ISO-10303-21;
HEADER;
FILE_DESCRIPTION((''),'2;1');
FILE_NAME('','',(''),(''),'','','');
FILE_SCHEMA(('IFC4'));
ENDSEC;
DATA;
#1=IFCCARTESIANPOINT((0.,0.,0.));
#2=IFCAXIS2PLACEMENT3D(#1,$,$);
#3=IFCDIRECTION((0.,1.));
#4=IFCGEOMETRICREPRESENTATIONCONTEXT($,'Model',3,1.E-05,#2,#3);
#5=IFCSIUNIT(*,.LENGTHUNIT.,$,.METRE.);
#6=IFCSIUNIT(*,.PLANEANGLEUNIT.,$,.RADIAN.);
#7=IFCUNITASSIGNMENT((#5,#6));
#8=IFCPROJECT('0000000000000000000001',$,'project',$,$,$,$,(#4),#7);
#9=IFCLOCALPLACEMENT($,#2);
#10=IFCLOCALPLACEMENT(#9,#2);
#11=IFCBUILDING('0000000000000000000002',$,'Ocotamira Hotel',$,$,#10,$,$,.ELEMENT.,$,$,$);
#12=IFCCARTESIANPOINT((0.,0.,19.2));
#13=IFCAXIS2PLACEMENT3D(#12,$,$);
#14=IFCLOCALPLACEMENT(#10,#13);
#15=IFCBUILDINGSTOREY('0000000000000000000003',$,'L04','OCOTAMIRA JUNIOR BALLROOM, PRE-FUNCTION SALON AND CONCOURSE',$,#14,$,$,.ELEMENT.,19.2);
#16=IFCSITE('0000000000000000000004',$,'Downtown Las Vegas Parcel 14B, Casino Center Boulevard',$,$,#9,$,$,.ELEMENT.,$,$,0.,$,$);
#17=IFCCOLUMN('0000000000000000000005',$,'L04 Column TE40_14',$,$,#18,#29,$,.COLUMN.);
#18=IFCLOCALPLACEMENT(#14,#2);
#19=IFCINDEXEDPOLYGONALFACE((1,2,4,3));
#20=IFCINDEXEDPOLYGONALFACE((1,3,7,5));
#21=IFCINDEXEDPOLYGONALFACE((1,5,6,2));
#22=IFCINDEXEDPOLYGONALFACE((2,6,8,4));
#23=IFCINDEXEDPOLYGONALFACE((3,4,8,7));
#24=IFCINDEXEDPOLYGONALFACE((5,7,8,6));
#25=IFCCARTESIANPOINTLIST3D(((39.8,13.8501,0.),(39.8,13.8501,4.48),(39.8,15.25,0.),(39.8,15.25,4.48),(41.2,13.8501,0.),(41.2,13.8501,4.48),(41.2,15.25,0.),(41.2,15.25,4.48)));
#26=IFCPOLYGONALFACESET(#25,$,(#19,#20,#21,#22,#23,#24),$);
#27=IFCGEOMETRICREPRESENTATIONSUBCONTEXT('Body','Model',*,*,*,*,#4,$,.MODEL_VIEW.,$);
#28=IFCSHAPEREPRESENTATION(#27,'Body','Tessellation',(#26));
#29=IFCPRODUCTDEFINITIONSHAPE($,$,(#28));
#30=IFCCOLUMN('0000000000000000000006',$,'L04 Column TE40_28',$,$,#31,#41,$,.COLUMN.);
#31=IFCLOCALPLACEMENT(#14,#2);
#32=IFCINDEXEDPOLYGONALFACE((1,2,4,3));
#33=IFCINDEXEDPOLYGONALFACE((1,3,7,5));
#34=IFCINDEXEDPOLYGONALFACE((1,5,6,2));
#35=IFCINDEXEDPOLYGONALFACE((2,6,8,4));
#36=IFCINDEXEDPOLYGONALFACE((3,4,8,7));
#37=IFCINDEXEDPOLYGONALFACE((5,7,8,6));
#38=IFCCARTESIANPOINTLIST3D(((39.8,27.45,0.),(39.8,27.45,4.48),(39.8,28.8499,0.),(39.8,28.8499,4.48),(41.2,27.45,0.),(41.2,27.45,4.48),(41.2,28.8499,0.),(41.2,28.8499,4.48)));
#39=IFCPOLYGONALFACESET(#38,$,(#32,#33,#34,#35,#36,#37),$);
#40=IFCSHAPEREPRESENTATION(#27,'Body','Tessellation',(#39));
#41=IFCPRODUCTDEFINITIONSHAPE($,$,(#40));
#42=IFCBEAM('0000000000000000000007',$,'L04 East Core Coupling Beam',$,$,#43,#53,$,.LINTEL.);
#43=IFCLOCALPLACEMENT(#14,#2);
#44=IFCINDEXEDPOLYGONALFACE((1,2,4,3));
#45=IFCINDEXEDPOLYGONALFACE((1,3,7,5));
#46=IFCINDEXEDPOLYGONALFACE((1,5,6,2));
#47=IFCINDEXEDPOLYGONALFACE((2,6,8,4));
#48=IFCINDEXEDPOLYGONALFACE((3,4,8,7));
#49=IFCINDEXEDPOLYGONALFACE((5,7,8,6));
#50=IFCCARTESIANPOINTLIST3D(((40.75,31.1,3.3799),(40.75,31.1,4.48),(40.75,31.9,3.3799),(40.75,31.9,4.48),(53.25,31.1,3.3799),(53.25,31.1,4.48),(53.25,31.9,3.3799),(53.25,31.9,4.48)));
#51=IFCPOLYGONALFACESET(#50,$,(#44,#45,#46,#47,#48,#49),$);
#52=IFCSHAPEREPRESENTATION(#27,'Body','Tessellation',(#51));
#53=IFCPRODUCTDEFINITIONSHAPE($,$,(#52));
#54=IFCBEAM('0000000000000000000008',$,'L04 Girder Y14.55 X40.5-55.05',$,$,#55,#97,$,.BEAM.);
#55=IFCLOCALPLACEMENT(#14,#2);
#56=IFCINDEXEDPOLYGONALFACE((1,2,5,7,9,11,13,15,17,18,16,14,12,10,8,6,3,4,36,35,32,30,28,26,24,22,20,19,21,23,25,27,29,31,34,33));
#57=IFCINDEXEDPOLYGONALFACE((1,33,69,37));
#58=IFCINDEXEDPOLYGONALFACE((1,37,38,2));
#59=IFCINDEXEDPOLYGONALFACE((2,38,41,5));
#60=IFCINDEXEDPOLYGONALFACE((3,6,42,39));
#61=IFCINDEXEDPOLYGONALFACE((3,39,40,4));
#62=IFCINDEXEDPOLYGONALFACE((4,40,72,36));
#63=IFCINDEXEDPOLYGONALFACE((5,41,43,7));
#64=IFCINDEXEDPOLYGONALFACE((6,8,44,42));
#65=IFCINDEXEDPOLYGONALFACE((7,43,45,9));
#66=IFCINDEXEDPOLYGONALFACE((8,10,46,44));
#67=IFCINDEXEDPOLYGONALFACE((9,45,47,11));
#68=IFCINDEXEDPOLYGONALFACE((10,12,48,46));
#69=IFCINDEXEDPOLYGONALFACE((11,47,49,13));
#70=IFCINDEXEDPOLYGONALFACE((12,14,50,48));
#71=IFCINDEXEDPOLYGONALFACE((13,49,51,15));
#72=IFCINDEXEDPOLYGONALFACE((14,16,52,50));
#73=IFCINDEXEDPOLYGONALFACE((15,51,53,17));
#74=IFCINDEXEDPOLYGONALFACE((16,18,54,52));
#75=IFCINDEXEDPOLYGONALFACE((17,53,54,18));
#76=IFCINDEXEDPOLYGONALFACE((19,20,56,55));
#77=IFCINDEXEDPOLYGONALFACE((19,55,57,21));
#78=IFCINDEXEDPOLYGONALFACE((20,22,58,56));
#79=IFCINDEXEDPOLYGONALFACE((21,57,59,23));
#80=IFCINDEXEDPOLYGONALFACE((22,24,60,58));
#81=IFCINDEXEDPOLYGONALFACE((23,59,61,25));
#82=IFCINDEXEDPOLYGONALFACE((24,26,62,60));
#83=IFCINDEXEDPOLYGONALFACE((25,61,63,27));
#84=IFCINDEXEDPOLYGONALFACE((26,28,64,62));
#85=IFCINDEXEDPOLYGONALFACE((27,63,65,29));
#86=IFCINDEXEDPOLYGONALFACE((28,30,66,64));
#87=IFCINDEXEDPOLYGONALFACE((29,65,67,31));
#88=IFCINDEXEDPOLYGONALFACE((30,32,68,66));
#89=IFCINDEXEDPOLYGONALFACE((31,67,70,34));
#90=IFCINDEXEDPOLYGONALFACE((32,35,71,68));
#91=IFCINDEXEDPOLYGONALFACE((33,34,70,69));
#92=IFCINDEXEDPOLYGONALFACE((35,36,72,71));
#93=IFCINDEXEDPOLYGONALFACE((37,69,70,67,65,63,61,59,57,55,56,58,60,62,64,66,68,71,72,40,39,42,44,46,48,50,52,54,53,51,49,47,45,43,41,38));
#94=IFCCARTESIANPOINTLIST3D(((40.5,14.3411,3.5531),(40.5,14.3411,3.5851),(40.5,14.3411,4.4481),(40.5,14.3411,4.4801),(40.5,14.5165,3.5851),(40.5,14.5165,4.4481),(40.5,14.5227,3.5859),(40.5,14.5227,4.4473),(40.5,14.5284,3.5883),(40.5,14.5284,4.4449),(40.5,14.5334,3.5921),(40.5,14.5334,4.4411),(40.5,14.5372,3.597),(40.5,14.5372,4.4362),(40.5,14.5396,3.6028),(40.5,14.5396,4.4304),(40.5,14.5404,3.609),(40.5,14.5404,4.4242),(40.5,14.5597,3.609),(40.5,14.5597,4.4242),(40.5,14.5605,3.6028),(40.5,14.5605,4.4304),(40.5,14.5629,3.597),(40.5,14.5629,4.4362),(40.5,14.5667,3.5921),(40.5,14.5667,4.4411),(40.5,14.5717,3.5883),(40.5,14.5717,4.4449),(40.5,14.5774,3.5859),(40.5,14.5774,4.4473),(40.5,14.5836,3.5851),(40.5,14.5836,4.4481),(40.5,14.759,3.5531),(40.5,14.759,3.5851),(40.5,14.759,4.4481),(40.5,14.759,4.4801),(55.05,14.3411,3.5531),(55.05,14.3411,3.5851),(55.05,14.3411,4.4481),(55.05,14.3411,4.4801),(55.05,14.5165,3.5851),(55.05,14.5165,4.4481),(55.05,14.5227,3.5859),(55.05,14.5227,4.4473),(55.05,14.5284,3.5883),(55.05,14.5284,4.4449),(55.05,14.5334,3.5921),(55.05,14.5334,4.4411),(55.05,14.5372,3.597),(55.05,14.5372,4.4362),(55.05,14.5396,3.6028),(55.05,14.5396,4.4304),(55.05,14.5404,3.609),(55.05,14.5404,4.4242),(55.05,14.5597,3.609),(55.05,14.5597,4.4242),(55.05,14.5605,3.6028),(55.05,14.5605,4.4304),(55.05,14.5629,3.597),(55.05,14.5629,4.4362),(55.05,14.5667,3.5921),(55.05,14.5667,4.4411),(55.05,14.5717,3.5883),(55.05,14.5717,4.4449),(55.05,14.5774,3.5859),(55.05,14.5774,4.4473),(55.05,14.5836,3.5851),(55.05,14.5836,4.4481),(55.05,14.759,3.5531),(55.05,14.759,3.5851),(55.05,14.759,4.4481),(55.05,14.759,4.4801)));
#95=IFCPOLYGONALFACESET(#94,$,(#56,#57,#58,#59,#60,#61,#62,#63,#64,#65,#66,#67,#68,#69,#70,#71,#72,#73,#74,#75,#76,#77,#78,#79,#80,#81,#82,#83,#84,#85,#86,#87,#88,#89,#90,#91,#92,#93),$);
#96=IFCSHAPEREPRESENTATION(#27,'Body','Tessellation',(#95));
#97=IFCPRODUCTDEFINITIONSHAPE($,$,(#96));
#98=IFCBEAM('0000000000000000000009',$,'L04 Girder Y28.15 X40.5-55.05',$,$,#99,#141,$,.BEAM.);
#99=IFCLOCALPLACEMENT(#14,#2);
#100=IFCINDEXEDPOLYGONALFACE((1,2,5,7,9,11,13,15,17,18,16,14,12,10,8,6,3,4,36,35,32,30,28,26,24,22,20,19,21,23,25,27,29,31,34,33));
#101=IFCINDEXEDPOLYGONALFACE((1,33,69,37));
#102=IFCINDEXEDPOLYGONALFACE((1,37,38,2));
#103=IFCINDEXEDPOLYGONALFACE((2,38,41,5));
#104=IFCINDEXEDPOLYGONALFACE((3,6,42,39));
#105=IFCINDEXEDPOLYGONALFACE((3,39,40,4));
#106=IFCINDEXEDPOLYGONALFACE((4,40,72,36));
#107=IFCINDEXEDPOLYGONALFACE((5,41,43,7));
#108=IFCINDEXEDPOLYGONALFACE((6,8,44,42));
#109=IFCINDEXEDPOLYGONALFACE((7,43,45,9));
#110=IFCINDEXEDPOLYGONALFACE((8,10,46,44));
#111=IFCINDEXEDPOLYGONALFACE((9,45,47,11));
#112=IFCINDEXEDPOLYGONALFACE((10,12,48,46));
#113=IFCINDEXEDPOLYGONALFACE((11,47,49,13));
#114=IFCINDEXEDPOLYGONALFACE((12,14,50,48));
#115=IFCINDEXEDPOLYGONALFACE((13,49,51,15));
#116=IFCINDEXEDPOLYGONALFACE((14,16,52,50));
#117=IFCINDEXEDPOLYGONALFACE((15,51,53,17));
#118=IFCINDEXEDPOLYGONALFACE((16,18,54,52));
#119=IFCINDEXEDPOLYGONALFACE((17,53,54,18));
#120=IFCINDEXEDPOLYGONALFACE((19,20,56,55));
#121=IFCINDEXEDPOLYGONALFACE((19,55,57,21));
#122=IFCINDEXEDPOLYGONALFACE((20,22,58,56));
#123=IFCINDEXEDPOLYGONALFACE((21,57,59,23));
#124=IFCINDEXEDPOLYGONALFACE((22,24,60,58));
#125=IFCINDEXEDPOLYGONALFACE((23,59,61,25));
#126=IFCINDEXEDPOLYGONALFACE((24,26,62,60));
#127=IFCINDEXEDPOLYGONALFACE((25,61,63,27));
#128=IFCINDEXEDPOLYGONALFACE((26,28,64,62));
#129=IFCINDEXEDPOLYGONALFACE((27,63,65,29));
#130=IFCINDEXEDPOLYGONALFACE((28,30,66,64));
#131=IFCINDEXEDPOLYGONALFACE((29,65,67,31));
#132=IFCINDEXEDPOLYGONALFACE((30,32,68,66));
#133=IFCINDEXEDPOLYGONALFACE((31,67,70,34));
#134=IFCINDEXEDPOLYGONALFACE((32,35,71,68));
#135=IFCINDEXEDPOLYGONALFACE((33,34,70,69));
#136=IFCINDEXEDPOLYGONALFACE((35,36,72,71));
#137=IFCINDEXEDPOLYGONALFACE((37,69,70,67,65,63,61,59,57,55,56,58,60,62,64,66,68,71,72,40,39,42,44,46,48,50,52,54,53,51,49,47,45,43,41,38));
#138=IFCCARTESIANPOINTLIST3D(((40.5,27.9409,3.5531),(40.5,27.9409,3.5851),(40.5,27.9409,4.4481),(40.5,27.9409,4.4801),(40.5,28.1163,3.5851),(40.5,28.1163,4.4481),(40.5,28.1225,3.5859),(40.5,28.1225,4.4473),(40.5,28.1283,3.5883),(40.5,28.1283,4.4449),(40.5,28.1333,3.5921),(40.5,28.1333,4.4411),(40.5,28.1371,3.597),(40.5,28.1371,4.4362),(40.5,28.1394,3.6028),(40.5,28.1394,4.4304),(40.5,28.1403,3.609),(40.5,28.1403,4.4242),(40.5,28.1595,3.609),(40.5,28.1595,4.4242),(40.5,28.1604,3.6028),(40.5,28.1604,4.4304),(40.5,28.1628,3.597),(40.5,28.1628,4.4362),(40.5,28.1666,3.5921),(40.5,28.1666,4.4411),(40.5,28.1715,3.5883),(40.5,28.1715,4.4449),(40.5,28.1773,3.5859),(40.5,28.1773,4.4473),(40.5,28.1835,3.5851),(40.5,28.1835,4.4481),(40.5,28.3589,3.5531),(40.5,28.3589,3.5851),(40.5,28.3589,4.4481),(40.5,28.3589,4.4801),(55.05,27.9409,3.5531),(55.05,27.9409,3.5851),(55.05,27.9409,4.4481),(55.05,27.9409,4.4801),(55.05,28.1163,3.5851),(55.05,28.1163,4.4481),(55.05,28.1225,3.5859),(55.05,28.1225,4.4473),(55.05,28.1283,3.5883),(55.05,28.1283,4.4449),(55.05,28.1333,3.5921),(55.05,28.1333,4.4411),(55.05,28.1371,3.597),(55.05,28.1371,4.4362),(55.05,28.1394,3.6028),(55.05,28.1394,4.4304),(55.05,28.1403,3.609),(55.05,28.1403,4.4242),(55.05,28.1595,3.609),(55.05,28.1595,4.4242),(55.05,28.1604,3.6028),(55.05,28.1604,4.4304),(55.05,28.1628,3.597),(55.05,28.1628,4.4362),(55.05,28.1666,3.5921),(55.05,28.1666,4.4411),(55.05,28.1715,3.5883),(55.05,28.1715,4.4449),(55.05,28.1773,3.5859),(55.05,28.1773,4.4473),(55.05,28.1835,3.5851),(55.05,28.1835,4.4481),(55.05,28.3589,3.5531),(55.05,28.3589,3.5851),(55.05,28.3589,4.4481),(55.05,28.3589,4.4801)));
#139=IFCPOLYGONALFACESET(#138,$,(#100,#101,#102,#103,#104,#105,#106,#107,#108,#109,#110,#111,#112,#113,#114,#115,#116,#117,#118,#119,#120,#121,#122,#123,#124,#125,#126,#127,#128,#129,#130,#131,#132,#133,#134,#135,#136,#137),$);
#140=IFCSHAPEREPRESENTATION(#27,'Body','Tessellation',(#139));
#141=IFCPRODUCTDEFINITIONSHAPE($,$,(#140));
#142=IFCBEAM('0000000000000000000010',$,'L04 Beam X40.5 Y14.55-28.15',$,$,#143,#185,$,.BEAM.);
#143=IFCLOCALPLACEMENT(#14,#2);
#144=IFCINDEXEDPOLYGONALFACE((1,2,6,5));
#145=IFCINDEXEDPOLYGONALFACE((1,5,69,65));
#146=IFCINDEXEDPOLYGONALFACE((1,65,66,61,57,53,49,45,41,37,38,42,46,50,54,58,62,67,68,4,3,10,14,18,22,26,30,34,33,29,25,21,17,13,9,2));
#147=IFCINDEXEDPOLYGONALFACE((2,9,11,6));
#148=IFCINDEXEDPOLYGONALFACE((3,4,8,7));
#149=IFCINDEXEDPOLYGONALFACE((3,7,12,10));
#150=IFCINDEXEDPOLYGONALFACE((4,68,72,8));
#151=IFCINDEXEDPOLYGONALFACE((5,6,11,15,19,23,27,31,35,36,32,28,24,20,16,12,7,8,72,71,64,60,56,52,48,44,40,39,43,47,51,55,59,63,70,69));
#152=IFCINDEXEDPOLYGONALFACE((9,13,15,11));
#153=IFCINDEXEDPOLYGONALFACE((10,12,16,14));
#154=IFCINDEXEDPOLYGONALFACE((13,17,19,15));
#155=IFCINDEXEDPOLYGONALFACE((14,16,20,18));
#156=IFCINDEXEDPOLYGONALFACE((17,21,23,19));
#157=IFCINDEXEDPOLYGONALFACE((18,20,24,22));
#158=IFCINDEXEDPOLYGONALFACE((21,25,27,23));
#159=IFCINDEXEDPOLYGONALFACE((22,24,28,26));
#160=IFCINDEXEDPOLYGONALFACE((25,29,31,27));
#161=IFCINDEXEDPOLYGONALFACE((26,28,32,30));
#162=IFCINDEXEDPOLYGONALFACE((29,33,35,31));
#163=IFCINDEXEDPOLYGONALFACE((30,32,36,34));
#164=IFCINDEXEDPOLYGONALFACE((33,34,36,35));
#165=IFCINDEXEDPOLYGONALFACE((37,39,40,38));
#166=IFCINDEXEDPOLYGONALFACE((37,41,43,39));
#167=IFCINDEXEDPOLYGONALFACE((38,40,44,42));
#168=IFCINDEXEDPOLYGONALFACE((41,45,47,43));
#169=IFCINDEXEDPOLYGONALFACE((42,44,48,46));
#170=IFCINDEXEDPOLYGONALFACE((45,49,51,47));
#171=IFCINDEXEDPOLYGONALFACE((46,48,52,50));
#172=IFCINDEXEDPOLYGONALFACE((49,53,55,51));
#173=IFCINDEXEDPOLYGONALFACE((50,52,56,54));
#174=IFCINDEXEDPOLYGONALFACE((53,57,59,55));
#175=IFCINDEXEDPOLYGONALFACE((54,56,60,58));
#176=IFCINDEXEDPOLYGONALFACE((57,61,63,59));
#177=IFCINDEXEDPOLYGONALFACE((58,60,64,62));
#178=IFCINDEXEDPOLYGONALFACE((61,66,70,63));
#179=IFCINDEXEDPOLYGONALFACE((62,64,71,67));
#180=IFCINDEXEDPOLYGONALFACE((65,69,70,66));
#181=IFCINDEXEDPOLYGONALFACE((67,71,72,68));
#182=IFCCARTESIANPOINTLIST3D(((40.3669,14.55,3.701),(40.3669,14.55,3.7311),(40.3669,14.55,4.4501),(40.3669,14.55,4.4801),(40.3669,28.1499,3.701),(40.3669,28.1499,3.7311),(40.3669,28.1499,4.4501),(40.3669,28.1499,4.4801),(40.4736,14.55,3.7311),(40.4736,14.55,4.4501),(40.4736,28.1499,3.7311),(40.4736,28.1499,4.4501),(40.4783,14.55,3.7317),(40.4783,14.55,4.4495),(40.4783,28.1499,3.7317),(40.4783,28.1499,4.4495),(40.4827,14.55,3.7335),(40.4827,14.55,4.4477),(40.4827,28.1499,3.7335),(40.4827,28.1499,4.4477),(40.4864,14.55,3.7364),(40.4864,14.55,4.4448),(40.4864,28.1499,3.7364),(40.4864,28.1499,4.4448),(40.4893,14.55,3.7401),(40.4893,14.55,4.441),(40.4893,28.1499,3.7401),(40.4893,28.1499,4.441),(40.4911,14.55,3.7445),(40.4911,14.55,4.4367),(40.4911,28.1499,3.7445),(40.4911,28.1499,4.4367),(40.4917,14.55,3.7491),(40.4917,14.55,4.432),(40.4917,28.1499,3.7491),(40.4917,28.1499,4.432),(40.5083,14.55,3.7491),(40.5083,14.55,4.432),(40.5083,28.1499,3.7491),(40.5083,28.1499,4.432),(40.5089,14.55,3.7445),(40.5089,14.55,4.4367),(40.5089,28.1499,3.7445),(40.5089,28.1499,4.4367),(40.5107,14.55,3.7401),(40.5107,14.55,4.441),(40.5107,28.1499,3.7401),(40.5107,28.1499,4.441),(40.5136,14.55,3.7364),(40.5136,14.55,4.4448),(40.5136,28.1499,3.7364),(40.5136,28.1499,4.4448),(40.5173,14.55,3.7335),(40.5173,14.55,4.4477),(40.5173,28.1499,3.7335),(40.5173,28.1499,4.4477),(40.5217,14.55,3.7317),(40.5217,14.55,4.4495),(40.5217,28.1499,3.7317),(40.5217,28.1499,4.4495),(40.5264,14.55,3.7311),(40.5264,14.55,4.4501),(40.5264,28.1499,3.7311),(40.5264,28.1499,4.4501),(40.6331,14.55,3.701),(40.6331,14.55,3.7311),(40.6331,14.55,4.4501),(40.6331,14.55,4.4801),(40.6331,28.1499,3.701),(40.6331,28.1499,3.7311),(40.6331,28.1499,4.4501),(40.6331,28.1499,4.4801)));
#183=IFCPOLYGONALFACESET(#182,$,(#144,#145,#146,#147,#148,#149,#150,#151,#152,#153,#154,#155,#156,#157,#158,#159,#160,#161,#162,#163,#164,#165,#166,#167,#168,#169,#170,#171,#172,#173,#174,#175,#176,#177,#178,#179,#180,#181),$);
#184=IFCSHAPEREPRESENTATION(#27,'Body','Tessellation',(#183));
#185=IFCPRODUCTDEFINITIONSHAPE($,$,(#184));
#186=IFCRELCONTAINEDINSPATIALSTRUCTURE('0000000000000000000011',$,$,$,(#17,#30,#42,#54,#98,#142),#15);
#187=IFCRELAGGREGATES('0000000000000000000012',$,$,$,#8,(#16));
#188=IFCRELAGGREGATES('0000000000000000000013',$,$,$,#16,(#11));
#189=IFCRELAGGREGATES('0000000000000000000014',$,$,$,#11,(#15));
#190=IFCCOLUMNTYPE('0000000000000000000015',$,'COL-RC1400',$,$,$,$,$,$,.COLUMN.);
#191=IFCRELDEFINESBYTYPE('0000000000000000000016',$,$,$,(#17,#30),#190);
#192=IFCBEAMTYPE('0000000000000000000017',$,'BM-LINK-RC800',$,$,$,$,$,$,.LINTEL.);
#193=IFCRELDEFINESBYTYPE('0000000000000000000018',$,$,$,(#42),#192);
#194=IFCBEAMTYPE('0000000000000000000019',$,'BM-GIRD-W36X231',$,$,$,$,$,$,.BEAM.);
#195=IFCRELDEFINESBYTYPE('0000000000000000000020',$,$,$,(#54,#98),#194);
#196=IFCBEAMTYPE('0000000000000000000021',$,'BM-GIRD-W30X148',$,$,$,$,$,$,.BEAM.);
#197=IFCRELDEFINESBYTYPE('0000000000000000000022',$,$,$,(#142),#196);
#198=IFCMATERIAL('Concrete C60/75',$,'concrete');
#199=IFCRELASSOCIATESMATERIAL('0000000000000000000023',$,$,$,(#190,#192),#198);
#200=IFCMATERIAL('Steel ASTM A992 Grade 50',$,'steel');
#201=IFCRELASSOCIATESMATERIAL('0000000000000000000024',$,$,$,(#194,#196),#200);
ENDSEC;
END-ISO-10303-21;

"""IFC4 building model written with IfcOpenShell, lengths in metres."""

from ifc_helpers import new_model, si_unit, direction, frame, origin, origin_2d, place, context, subcontext, project, spatial, rectangle, i_section, extrude, source, transform, mapped, material, material_profile, profile_set, type_object, element, save


model = new_model("IFC4")

# Units and contexts
model_context = context("Model", 3, precision=1e-05, world=origin(), true_north=direction((0.0, 1.0)))
body_context = subcontext(model_context, "Body", "Model", "MODEL_VIEW")
ifc_project = project(units=[si_unit("LENGTHUNIT", "METRE"), si_unit("PLANEANGLEUNIT", "RADIAN")], contexts=[model_context])

# Site, building, storey
site_placement = place(None, origin())
site = spatial("IfcSite", under=ifc_project, at=site_placement, Name="Downtown Las Vegas Parcel 14B, Casino Center Boulevard", CompositionType="ELEMENT", RefElevation=0.0)
building_placement = place(site_placement, origin())
building = spatial("IfcBuilding", under=site, at=building_placement, Name="Ocotamira Hotel", CompositionType="ELEMENT")
storey_placement = place(building_placement, frame((0.0, 0.0, 19.2)))
storey = spatial("IfcBuildingStorey", under=building, at=storey_placement, Name="L04", Description="OCOTAMIRA JUNIOR BALLROOM, PRE-FUNCTION SALON AND CONCOURSE", CompositionType="ELEMENT", Elevation=19.2)

# Columns
ifc_material_1 = material(Name="Concrete C60/75", Category="concrete")
ifc_material_profile_1 = material_profile(ifc_material_1, rectangle(XDim=1.3999, YDim=1.3999, at=origin_2d()), Name="RC1400X1400")
ifc_profile_set_1 = profile_set([ifc_material_profile_1], Name="Concrete C60/75")
column_type = type_object("IfcColumnType", Name="COL-RC1400", PredefinedType="COLUMN", material=ifc_profile_set_1)
shared_shape_1 = source(origin(), body_context, "Body", "SweptSolid", [
    extrude(rectangle(XDim=1.3999, YDim=1.3999, at=origin_2d()), origin(), (0.0, 0.0, 1.0), 4.48),
])
for number, where, z_axis, x_axis, name in (
    (1, (40.5, 14.55, 0.0), (0.0, 0.0, 1.0), (1.0, 0.0, 0.0), "L04 Column TE40_14"),
    (2, (40.5, 28.1499, 0.0), (0.0, 0.0, 1.0), (1.0, 0.0, 0.0), "L04 Column TE40_28"),
):
    element("IfcColumn", number, at=place(storey_placement, frame(where, z_axis=z_axis, x_axis=x_axis)), inside=storey, type_object=column_type, Name=name, PredefinedType="COLUMN", context=body_context, shape_type="MappedRepresentation", body=[
        mapped(shared_shape_1, transform((0.0, 0.0, 0.0), scale=1.0)),
    ])

# Beams
ifc_material_profile_2 = material_profile(ifc_material_1, rectangle(XDim=0.8, YDim=1.1001, at=origin_2d()), Name="RC800X1100")
ifc_profile_set_2 = profile_set([ifc_material_profile_2], Name="Concrete C60/75")
beam_type_1 = type_object("IfcBeamType", Name="BM-LINK-RC800", PredefinedType="LINTEL", material=ifc_profile_set_2)
shared_shape_2 = source(origin(), body_context, "Body", "SweptSolid", [
    extrude(rectangle(XDim=0.8, YDim=1.1001, at=origin_2d()), origin(), (0.0, 0.0, 1.0), 12.5),
])
beam_1_placement = place(storey_placement, frame((40.75, 31.5, 3.9299), z_axis=(1.0, 0.0, 0.0), x_axis=(0.0, 1.0, 0.0)))
element("IfcBeam", 3, at=beam_1_placement, inside=storey, type_object=beam_type_1, Name="L04 East Core Coupling Beam", PredefinedType="LINTEL", context=body_context, shape_type="MappedRepresentation", body=[
    mapped(shared_shape_2, transform((0.0, 0.0, 0.0), scale=1.0)),
])
ifc_material_2 = material(Name="Steel ASTM A992 Grade 50", Category="steel")
ifc_material_profile_3 = material_profile(ifc_material_2, i_section(OverallWidth=0.418, OverallDepth=0.927, WebThickness=0.0193, FlangeThickness=0.032, FilletRadius=0.0239, at=origin_2d()), Name="W36X231")
ifc_profile_set_3 = profile_set([ifc_material_profile_3], Name="Steel ASTM A992 Grade 50")
beam_type_2 = type_object("IfcBeamType", Name="BM-GIRD-W36X231", PredefinedType="BEAM", material=ifc_profile_set_3)
shared_shape_3 = source(origin(), body_context, "Body", "SweptSolid", [
    extrude(i_section(OverallWidth=0.418, OverallDepth=0.927, WebThickness=0.0193, FlangeThickness=0.032, FilletRadius=0.0239, at=origin_2d()), origin(), (0.0, 0.0, 1.0), 14.55),
])
for number, where, z_axis, x_axis, name in (
    (4, (40.5, 14.55, 4.0166), (1.0, 0.0, 0.0), (0.0, 1.0, 0.0), "L04 Girder Y14.55 X40.5-55.05"),
    (5, (40.5, 28.1499, 4.0166), (1.0, 0.0, 0.0), (0.0, 1.0, 0.0), "L04 Girder Y28.15 X40.5-55.05"),
):
    element("IfcBeam", number, at=place(storey_placement, frame(where, z_axis=z_axis, x_axis=x_axis)), inside=storey, type_object=beam_type_2, Name=name, PredefinedType="BEAM", context=body_context, shape_type="MappedRepresentation", body=[
        mapped(shared_shape_3, transform((0.0, 0.0, 0.0), scale=1.0)),
    ])
ifc_material_profile_4 = material_profile(ifc_material_2, i_section(OverallWidth=0.2661, OverallDepth=0.7791, WebThickness=0.0166, FlangeThickness=0.03, FilletRadius=0.0181, at=origin_2d()), Name="W30X148")
ifc_profile_set_4 = profile_set([ifc_material_profile_4], Name="Steel ASTM A992 Grade 50")
beam_type_3 = type_object("IfcBeamType", Name="BM-GIRD-W30X148", PredefinedType="BEAM", material=ifc_profile_set_4)
shared_shape_4 = source(origin(), body_context, "Body", "SweptSolid", [
    extrude(i_section(OverallWidth=0.2661, OverallDepth=0.7791, WebThickness=0.0166, FlangeThickness=0.03, FilletRadius=0.0181, at=origin_2d()), origin(), (0.0, 0.0, 1.0), 13.5999),
])
beam_2_placement = place(storey_placement, frame((40.5, 14.55, 4.0906), z_axis=(0.0, 1.0, 0.0), x_axis=(-1.0, 0.0, 0.0)))
element("IfcBeam", 6, at=beam_2_placement, inside=storey, type_object=beam_type_3, Name="L04 Beam X40.5 Y14.55-28.15", PredefinedType="BEAM", context=body_context, shape_type="MappedRepresentation", body=[
    mapped(shared_shape_4, transform((0.0, 0.0, 0.0), scale=1.0)),
])

save(model, "model.ifc")
